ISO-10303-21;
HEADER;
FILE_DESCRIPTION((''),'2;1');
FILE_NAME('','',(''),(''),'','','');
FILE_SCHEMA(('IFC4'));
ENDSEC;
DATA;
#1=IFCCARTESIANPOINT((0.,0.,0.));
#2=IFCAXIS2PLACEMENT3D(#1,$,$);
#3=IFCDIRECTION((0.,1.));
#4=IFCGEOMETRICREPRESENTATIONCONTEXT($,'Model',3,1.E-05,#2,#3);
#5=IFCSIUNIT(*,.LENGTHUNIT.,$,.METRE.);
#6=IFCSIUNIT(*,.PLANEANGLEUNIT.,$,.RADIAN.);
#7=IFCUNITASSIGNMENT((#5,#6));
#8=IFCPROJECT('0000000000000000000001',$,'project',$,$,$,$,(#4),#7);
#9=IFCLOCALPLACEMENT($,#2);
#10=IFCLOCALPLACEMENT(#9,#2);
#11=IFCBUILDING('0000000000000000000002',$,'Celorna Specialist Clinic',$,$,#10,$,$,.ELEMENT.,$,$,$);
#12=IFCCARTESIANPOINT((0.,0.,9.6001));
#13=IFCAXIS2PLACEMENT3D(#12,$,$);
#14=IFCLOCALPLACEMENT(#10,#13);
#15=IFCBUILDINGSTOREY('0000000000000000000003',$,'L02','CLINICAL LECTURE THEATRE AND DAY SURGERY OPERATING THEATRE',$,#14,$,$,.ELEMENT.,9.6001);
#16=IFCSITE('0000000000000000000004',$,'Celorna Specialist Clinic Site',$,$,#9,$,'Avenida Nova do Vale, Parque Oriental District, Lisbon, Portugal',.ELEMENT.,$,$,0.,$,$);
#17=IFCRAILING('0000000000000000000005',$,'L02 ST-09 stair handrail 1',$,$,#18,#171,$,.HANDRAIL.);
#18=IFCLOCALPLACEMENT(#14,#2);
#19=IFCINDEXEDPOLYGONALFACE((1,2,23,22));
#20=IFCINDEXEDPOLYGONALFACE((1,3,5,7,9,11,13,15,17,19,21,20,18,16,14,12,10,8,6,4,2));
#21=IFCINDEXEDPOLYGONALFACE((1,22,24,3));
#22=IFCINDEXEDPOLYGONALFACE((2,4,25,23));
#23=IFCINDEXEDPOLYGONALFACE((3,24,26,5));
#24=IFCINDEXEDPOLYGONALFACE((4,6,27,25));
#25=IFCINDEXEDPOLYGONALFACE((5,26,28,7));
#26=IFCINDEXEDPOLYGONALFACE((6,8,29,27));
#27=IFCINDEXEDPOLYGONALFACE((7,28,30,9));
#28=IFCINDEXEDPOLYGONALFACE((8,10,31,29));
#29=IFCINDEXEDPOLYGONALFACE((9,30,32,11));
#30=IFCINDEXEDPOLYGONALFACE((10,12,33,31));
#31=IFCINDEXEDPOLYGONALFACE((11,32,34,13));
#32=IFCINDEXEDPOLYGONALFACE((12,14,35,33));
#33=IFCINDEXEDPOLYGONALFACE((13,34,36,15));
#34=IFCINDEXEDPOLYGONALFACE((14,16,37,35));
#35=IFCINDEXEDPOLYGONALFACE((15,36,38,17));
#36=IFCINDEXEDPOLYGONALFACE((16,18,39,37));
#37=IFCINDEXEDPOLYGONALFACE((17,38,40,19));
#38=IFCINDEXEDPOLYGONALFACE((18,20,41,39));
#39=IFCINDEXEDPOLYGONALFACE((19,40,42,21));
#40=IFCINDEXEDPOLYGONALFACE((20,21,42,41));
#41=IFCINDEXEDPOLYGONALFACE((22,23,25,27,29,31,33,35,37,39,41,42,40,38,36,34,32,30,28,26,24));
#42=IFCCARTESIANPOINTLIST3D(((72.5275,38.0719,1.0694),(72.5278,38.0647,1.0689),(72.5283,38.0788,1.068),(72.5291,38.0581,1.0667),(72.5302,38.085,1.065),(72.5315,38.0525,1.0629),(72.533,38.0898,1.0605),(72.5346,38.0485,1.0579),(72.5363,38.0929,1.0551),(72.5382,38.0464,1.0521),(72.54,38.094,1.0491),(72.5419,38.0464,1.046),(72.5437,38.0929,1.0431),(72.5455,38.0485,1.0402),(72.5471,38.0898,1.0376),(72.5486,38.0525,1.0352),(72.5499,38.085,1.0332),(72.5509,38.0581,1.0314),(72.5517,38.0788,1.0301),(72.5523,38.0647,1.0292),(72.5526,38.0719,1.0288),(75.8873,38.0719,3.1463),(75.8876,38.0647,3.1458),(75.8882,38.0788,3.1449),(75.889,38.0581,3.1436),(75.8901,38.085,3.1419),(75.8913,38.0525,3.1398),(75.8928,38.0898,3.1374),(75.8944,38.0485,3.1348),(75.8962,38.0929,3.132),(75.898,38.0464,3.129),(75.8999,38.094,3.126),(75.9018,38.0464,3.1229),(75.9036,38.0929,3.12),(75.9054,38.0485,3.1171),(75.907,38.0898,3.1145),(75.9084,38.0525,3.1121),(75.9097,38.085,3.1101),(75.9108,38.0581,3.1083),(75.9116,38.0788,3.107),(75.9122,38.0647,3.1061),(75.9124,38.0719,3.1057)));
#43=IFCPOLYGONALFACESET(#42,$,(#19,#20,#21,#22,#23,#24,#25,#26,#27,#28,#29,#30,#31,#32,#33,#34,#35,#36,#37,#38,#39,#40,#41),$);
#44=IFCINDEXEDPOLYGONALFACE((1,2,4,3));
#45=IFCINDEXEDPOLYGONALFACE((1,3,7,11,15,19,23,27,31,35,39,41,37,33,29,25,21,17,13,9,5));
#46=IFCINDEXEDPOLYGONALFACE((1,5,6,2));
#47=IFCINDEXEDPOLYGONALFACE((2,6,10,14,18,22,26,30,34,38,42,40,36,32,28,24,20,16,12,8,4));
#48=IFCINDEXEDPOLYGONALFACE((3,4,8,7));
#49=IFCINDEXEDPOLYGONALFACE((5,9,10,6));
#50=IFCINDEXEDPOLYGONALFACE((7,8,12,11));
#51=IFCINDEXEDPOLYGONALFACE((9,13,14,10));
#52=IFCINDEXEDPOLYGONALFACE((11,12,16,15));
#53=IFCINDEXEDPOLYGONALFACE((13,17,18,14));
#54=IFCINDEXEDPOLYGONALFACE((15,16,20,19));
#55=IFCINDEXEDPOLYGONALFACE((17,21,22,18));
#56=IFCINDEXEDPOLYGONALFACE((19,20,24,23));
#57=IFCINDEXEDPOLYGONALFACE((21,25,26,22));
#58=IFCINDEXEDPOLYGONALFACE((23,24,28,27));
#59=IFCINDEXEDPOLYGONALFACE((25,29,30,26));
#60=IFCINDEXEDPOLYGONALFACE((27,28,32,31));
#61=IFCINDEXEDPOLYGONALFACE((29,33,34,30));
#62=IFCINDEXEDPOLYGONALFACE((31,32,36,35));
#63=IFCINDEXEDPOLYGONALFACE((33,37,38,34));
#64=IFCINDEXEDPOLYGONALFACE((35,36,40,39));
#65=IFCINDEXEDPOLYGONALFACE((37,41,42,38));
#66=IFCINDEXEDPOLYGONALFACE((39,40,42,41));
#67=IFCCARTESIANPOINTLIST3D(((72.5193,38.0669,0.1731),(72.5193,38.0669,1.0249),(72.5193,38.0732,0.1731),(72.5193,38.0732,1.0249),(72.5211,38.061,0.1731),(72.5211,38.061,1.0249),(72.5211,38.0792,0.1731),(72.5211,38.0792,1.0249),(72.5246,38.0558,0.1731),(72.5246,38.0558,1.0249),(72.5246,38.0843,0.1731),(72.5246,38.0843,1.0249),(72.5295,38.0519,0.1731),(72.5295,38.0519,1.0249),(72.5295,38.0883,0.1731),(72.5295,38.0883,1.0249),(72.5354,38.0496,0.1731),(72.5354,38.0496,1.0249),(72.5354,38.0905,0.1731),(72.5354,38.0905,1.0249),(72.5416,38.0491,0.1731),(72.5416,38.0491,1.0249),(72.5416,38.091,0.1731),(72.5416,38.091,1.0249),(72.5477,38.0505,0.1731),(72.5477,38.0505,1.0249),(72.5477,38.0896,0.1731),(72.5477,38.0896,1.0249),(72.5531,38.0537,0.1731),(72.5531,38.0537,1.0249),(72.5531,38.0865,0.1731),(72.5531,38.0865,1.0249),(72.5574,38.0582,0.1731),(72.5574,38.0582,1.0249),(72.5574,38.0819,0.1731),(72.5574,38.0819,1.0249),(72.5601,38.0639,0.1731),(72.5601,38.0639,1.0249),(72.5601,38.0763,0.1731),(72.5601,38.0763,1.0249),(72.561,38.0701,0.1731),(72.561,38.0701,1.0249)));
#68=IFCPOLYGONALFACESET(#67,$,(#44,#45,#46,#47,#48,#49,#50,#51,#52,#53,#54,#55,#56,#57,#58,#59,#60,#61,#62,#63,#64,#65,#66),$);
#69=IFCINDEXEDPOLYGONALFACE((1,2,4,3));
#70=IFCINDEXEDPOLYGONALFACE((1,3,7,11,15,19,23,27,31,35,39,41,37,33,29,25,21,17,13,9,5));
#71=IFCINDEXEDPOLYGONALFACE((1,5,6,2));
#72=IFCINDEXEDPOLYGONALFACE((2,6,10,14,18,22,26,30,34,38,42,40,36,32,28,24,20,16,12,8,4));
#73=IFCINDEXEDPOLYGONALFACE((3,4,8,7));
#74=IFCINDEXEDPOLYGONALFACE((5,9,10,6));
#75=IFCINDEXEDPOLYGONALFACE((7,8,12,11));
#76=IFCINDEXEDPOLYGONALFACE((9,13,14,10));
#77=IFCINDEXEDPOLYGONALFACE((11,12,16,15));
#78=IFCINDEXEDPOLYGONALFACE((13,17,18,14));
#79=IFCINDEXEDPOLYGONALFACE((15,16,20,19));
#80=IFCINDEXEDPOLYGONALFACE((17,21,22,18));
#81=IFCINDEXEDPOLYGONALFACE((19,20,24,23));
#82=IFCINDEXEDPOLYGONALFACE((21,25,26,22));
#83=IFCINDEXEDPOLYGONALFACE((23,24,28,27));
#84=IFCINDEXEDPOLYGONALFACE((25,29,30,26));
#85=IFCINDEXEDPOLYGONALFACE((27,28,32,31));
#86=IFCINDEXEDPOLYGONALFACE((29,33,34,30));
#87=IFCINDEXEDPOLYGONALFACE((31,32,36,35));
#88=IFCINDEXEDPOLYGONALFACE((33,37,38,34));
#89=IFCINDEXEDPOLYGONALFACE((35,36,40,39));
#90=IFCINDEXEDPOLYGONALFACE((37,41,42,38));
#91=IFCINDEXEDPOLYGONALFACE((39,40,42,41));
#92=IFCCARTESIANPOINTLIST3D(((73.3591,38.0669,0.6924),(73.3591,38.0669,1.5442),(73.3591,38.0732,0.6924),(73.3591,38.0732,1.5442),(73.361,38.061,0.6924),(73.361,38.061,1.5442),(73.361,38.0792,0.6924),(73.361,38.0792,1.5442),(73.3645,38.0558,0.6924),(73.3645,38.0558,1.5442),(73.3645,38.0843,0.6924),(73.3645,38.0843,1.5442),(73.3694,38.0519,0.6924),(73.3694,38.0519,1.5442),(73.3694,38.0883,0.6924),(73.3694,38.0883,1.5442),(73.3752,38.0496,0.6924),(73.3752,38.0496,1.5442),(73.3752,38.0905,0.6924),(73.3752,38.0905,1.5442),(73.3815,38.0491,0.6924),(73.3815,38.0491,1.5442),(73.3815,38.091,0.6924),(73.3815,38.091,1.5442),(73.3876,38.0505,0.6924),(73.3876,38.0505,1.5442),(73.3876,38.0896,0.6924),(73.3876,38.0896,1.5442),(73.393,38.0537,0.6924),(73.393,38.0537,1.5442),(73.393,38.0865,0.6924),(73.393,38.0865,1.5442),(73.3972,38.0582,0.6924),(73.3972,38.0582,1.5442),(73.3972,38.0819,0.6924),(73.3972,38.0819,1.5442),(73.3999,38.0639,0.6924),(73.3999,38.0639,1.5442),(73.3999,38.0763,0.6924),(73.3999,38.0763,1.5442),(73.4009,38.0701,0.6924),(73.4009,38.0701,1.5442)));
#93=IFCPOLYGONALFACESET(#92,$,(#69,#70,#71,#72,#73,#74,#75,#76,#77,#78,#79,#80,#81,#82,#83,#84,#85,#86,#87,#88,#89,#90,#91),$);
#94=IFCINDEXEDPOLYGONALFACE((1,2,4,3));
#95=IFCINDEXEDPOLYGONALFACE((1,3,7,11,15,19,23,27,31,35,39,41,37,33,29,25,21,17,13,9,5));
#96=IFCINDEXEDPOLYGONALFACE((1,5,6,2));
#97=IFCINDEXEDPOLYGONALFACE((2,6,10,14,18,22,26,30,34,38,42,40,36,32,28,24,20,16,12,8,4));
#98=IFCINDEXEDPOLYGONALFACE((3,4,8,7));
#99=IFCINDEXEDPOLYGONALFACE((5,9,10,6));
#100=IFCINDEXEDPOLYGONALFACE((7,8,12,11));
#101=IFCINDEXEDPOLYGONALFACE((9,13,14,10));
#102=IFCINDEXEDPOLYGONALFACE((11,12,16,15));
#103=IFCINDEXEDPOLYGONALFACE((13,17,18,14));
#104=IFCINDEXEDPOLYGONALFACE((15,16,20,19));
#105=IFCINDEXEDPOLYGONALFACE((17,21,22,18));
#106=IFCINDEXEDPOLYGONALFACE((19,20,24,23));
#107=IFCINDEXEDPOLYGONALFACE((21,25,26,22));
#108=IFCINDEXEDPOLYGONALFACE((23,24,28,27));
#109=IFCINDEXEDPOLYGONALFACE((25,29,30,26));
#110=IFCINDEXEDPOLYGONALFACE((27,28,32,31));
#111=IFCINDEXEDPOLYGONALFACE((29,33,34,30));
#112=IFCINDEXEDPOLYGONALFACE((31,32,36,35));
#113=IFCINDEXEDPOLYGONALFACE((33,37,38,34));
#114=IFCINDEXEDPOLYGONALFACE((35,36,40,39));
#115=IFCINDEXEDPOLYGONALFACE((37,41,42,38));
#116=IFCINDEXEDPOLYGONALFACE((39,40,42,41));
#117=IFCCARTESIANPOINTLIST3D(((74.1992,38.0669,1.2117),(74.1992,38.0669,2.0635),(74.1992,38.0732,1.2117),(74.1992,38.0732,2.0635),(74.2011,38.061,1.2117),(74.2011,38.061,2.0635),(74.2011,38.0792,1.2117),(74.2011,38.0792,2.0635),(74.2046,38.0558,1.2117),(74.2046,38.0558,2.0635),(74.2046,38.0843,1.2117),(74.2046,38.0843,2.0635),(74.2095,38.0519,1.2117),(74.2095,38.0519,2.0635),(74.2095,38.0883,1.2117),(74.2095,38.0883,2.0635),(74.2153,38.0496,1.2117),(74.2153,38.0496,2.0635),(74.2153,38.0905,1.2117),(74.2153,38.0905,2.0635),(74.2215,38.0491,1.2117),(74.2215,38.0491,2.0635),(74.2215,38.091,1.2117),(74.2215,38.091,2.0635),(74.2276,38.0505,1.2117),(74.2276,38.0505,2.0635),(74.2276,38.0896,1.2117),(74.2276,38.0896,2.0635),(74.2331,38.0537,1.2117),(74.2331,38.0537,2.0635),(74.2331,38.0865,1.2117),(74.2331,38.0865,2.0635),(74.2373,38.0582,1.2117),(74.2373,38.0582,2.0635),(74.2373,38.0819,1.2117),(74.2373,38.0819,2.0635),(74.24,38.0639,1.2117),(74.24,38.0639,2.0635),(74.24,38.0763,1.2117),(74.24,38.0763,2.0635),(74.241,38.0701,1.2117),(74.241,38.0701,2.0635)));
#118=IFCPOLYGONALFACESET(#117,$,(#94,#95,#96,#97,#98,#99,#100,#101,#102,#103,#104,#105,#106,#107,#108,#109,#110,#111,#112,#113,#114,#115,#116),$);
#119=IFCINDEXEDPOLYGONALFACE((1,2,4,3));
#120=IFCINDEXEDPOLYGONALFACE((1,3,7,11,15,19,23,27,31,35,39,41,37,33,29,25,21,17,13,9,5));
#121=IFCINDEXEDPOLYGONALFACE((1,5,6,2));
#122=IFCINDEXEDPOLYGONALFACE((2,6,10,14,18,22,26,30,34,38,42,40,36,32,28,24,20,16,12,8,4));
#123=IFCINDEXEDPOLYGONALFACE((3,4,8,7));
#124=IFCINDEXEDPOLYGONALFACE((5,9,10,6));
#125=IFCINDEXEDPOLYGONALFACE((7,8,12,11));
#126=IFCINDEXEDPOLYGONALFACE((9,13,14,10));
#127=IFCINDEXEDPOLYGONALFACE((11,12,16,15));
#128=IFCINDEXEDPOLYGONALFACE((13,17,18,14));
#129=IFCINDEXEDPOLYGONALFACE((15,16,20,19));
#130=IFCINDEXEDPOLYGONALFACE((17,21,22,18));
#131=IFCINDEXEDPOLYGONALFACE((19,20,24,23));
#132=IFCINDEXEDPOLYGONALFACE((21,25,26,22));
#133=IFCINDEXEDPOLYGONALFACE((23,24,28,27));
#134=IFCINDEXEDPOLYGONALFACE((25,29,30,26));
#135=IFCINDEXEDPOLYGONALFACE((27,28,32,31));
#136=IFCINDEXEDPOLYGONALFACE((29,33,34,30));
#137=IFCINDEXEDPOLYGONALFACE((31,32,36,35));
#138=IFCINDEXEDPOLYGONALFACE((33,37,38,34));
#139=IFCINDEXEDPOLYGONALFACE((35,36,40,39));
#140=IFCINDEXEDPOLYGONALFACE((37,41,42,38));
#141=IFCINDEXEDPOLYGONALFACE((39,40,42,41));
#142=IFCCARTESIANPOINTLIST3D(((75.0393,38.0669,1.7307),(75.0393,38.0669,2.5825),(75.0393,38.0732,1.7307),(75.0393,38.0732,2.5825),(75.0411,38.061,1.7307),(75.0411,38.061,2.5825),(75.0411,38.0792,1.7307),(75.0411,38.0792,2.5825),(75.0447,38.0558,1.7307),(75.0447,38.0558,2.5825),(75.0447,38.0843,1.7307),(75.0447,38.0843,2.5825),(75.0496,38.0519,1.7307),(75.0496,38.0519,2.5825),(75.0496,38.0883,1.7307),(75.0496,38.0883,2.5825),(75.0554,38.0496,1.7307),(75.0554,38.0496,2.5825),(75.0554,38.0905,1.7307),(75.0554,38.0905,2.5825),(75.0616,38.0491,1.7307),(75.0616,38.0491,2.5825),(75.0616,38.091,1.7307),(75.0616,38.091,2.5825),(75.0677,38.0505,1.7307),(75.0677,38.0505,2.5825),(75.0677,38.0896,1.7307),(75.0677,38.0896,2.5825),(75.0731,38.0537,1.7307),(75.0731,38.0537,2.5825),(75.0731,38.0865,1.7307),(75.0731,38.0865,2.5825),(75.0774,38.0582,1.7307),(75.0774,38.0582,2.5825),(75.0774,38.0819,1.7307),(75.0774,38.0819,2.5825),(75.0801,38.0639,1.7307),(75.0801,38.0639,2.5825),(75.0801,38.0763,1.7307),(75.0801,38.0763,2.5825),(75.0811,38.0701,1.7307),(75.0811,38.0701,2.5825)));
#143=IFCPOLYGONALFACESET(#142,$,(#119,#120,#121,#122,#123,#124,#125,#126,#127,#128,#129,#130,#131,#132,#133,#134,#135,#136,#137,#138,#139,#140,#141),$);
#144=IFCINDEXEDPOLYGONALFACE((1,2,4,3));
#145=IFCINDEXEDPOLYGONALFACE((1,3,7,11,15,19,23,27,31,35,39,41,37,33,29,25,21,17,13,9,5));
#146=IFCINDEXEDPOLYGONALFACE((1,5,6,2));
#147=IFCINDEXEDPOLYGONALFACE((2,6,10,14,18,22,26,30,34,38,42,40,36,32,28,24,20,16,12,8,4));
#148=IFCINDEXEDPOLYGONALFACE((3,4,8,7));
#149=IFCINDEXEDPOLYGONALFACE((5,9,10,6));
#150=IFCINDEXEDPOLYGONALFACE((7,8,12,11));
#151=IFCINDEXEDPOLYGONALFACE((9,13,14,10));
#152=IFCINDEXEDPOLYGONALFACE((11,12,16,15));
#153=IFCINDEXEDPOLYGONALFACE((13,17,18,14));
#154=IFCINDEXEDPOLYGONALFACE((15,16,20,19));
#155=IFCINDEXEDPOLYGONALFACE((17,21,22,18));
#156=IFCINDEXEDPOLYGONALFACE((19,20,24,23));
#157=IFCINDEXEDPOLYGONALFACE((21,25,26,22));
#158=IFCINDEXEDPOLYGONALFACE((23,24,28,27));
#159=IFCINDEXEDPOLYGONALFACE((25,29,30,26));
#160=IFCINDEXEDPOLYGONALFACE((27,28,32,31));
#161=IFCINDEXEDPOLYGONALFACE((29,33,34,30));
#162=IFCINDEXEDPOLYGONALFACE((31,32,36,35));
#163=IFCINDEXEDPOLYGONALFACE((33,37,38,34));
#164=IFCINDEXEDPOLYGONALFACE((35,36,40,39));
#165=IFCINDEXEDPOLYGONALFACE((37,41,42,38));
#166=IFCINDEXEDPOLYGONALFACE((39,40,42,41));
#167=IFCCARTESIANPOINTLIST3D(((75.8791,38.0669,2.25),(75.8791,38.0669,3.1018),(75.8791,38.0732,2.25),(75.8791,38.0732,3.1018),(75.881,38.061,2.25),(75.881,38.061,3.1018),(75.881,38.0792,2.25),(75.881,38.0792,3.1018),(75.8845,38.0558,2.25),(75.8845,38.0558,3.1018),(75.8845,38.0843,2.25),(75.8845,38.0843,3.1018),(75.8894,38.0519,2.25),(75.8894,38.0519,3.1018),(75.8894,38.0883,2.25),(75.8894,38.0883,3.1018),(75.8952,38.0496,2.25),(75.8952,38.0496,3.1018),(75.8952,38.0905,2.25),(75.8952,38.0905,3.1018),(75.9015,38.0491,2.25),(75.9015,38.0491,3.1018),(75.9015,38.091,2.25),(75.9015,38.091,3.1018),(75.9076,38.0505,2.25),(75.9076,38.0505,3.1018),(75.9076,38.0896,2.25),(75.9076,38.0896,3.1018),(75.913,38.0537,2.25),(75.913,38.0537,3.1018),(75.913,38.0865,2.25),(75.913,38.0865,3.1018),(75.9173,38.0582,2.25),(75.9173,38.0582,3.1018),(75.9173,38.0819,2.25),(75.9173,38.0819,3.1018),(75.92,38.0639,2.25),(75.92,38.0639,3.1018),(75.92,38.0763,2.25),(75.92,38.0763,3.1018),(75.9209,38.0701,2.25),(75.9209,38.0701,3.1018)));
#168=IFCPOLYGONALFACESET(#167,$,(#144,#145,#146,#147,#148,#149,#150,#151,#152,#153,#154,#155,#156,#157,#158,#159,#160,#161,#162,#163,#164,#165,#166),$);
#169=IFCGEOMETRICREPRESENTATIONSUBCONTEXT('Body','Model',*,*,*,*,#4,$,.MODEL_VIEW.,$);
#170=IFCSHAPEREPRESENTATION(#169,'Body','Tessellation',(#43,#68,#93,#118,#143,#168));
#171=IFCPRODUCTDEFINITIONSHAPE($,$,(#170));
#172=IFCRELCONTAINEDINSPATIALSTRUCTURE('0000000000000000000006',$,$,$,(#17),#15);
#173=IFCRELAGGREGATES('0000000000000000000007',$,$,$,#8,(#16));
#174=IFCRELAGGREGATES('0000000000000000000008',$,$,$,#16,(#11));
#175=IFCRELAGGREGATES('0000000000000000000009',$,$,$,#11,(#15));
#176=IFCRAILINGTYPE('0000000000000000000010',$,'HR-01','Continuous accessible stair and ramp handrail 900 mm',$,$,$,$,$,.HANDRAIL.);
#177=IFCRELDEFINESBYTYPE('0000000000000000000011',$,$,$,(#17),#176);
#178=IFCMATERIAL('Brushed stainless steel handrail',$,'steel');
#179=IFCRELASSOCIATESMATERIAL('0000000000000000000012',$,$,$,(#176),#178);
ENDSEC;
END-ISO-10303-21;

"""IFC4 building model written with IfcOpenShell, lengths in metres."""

from ifc_helpers import new_model, si_unit, direction, frame, origin, origin_2d, place, context, subcontext, project, spatial, circle, extrude, material, type_object, element, save


model = new_model("IFC4")

# Units and contexts
model_context = context("Model", 3, precision=1e-05, world=origin(), true_north=direction((0.0, 1.0)))
body_context = subcontext(model_context, "Body", "Model", "MODEL_VIEW")
ifc_project = project(units=[si_unit("LENGTHUNIT", "METRE"), si_unit("PLANEANGLEUNIT", "RADIAN")], contexts=[model_context])

# Site, building, storey
site_placement = place(None, origin())
site = spatial("IfcSite", under=ifc_project, at=site_placement, Name="Celorna Specialist Clinic Site", LongName="Avenida Nova do Vale, Parque Oriental District, Lisbon, Portugal", CompositionType="ELEMENT", RefElevation=0.0)
building_placement = place(site_placement, origin())
building = spatial("IfcBuilding", under=site, at=building_placement, Name="Celorna Specialist Clinic", CompositionType="ELEMENT")
storey_placement = place(building_placement, frame((0.0, 0.0, 9.6001)))
storey = spatial("IfcBuildingStorey", under=building, at=storey_placement, Name="L02", Description="CLINICAL LECTURE THEATRE AND DAY SURGERY OPERATING THEATRE", CompositionType="ELEMENT", Elevation=9.6001)

# Railing
ifc_material_1 = material(Name="Brushed stainless steel handrail", Category="steel")
railing_type = type_object("IfcRailingType", Name="HR-01", Description="Continuous accessible stair and ramp handrail 900 mm", PredefinedType="HANDRAIL", material=ifc_material_1)
railing_placement = place(storey_placement, frame((72.54, 38.0701, 0.1731)))
element("IfcRailing", 1, at=railing_placement, inside=storey, type_object=railing_type, Name="L02 ST-09 stair handrail 1", PredefinedType="HANDRAIL", context=body_context, shape_type="SweptSolid", body=[
    extrude(circle(Radius=0.0239, at=origin_2d()), frame((0.0, 0.0, 0.876), z_axis=(0.850606, 0.0, 0.525803), x_axis=(0.0, 1.0, 0.0)), (0.0, 0.0, 1.0), 3.95),
    extrude(circle(Radius=0.021, at=origin_2d()), origin(), (0.0, 0.0, 1.0), 0.8518),
    extrude(circle(Radius=0.021, at=origin_2d()), frame((0.8398, 0.0, 0.5193)), (0.0, 0.0, 1.0), 0.8518),
    extrude(circle(Radius=0.021, at=origin_2d()), frame((1.6799, 0.0, 1.0386)), (0.0, 0.0, 1.0), 0.8518),
    extrude(circle(Radius=0.021, at=origin_2d()), frame((2.52, 0.0, 1.5576)), (0.0, 0.0, 1.0), 0.8518),
    extrude(circle(Radius=0.021, at=origin_2d()), frame((3.3599, 0.0, 2.0769)), (0.0, 0.0, 1.0), 0.8518),
])

save(model, "model.ifc")
